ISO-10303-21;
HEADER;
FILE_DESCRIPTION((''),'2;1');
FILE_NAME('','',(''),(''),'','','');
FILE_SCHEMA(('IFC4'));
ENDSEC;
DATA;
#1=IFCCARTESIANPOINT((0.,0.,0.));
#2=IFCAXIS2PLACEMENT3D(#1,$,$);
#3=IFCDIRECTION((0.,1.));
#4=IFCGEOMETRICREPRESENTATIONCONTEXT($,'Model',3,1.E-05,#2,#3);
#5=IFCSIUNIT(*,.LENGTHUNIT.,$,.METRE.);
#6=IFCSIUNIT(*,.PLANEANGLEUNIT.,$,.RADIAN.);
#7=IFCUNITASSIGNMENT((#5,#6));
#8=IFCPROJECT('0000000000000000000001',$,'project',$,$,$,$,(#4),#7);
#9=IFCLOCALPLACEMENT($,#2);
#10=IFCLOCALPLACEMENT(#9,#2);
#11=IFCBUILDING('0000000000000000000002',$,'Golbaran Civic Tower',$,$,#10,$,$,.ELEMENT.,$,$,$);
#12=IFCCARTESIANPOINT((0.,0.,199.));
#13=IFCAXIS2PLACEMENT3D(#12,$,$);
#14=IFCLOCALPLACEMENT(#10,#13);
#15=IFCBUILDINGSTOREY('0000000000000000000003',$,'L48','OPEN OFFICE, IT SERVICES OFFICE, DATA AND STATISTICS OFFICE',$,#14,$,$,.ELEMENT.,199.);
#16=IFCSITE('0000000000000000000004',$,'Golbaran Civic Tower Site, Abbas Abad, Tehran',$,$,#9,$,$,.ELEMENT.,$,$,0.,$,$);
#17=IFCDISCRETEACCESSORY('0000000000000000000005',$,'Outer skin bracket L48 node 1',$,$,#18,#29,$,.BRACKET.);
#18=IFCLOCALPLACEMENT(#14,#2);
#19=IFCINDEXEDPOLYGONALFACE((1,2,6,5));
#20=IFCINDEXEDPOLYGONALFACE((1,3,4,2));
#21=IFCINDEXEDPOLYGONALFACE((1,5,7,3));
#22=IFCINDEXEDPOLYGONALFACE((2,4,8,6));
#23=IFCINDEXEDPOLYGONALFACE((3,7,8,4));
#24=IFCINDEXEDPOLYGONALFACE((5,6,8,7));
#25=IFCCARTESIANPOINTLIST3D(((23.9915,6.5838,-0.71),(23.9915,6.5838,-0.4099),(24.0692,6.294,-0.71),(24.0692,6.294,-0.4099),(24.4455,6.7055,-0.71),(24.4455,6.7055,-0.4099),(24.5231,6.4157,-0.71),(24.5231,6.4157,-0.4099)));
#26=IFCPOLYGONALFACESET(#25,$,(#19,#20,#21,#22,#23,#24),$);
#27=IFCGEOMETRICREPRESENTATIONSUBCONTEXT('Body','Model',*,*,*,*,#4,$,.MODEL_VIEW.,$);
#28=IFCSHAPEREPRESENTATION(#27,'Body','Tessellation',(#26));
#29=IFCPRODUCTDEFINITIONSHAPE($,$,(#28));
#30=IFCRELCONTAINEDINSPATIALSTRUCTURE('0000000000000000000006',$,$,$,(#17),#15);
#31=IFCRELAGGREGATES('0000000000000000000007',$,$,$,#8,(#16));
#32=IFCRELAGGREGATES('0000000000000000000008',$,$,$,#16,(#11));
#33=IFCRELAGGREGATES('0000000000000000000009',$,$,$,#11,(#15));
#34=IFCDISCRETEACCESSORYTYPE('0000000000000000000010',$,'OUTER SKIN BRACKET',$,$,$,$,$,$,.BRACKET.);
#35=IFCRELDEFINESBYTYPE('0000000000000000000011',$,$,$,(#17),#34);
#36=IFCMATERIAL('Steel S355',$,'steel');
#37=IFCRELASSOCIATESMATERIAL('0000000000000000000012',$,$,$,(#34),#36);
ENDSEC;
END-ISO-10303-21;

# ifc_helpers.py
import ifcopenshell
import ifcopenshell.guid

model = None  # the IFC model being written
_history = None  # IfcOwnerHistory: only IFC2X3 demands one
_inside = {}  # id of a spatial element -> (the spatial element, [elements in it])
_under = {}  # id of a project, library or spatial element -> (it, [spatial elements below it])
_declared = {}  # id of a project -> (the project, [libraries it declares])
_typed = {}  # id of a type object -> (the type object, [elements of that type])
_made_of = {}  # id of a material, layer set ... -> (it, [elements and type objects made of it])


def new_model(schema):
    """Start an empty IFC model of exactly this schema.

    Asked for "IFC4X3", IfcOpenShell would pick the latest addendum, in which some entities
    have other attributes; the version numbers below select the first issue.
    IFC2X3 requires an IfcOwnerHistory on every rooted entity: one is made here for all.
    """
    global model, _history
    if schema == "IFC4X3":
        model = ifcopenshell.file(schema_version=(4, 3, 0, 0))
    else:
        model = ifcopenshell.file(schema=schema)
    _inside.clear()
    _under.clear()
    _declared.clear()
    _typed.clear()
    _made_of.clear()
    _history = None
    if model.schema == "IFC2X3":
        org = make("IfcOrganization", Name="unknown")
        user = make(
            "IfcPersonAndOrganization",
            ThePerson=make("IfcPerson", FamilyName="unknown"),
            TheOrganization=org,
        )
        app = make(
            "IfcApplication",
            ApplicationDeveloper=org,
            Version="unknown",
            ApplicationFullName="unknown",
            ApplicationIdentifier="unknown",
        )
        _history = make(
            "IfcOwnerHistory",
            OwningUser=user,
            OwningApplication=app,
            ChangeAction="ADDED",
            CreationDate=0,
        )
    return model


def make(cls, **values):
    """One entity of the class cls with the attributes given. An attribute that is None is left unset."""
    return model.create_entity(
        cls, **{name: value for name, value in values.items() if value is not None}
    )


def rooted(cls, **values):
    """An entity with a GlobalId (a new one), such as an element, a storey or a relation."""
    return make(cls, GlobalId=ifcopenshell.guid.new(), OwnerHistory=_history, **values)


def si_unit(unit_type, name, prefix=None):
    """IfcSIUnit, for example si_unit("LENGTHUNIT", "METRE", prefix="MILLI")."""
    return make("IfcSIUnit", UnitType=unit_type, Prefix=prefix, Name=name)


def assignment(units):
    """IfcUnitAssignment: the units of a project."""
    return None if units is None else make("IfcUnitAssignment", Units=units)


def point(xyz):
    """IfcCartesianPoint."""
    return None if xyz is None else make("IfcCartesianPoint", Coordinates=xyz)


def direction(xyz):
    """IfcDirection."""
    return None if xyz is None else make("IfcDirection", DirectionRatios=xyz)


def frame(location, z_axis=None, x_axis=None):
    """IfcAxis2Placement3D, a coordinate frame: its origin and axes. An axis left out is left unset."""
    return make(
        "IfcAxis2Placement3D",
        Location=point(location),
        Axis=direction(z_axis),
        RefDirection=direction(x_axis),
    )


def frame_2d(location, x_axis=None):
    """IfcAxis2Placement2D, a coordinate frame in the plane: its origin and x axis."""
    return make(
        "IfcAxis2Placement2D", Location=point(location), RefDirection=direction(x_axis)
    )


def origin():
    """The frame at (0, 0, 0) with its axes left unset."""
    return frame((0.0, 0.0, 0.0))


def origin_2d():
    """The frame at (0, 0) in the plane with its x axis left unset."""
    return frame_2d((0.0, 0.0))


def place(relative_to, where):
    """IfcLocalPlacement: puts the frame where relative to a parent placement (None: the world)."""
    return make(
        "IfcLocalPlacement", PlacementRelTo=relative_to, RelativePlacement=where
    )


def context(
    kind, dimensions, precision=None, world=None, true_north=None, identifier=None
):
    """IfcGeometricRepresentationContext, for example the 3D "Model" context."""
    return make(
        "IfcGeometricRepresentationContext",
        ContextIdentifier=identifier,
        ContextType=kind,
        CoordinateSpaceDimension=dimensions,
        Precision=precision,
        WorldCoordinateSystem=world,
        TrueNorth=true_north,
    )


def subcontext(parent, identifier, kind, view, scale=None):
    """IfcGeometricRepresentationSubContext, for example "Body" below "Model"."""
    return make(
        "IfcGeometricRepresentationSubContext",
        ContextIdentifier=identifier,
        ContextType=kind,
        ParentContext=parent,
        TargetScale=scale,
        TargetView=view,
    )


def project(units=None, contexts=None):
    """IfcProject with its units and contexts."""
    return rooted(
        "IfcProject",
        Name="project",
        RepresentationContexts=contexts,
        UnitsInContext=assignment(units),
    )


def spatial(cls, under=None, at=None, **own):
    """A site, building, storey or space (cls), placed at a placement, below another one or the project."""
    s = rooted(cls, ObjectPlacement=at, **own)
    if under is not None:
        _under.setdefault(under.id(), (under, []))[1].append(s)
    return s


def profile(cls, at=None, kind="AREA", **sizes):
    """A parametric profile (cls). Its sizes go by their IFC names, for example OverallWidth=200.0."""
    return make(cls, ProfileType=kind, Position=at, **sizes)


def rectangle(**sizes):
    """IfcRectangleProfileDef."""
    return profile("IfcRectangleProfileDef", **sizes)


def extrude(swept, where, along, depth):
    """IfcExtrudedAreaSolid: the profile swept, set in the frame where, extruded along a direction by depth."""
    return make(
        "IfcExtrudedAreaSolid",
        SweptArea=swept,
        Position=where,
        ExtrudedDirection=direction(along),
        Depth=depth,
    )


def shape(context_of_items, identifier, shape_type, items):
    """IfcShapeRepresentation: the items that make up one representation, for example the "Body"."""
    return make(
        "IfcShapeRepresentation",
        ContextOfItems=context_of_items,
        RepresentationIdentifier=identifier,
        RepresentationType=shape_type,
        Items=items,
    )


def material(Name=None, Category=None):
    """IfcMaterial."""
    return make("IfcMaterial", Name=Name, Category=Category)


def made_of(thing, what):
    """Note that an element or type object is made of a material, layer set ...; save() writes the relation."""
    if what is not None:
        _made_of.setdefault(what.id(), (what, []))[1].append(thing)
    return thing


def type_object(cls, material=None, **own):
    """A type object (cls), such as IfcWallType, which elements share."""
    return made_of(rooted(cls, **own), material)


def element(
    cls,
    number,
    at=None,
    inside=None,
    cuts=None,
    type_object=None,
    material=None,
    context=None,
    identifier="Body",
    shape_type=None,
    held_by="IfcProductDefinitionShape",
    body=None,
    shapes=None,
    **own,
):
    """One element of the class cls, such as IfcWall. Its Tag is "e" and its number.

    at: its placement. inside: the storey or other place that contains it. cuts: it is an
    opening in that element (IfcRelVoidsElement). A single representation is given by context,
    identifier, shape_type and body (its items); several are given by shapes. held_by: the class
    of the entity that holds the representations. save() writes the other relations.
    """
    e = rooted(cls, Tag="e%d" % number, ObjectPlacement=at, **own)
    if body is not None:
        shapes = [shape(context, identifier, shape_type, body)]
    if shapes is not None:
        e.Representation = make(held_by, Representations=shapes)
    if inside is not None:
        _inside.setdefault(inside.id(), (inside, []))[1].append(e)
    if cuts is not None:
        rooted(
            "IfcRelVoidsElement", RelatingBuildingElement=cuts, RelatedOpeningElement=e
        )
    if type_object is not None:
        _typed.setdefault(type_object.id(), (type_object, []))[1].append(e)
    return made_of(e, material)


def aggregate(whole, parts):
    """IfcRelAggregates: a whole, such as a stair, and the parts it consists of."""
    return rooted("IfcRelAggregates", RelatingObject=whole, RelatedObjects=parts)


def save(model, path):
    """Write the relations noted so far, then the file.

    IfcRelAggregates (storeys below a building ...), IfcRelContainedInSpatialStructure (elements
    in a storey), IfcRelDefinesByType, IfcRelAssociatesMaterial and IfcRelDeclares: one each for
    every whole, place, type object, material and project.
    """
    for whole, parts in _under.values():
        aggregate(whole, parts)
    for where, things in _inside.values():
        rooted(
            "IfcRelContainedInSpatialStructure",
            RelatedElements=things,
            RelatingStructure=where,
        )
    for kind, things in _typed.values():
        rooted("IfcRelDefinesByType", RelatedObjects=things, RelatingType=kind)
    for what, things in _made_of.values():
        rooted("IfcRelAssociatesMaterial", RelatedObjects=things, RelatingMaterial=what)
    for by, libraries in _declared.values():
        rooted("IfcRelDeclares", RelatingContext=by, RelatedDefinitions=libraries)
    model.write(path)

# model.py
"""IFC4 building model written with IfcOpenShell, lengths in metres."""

from ifc_helpers import new_model, si_unit, direction, frame, origin, origin_2d, place, context, subcontext, project, spatial, rectangle, extrude, material, type_object, element, save


model = new_model("IFC4")

# Units and contexts
model_context = context("Model", 3, precision=1e-05, world=origin(), true_north=direction((0.0, 1.0)))
body_context = subcontext(model_context, "Body", "Model", "MODEL_VIEW")
ifc_project = project(units=[si_unit("LENGTHUNIT", "METRE"), si_unit("PLANEANGLEUNIT", "RADIAN")], contexts=[model_context])

# Site, building, storey
site_placement = place(None, origin())
site = spatial("IfcSite", under=ifc_project, at=site_placement, Name="Golbaran Civic Tower Site, Abbas Abad, Tehran", CompositionType="ELEMENT", RefElevation=0.0)
building_placement = place(site_placement, origin())
building = spatial("IfcBuilding", under=site, at=building_placement, Name="Golbaran Civic Tower", CompositionType="ELEMENT")
storey_placement = place(building_placement, frame((0.0, 0.0, 199.0)))
storey = spatial("IfcBuildingStorey", under=building, at=storey_placement, Name="L48", Description="OPEN OFFICE, IT SERVICES OFFICE, DATA AND STATISTICS OFFICE", CompositionType="ELEMENT", Elevation=199.0)

# Shared definitions
ifc_material_1 = material(Name="Steel S355", Category="steel")

# Discrete accessory
discrete_accessory_type = type_object("IfcDiscreteAccessoryType", Name="OUTER SKIN BRACKET", PredefinedType="BRACKET", material=ifc_material_1)
discrete_accessory_placement = place(storey_placement, frame((24.2573, 6.4998, -0.71), z_axis=(0.0, 0.0, 1.0), x_axis=(0.965926, 0.258819, 0.0)))
element("IfcDiscreteAccessory", 1, at=discrete_accessory_placement, inside=storey, type_object=discrete_accessory_type, Name="Outer skin bracket L48 node 1", PredefinedType="BRACKET", context=body_context, shape_type="SweptSolid", body=[
    extrude(rectangle(XDim=0.47, YDim=0.3, at=origin_2d()), origin(), (0.0, 0.0, 1.0), 0.3),
])

save(model, "model.ifc")
